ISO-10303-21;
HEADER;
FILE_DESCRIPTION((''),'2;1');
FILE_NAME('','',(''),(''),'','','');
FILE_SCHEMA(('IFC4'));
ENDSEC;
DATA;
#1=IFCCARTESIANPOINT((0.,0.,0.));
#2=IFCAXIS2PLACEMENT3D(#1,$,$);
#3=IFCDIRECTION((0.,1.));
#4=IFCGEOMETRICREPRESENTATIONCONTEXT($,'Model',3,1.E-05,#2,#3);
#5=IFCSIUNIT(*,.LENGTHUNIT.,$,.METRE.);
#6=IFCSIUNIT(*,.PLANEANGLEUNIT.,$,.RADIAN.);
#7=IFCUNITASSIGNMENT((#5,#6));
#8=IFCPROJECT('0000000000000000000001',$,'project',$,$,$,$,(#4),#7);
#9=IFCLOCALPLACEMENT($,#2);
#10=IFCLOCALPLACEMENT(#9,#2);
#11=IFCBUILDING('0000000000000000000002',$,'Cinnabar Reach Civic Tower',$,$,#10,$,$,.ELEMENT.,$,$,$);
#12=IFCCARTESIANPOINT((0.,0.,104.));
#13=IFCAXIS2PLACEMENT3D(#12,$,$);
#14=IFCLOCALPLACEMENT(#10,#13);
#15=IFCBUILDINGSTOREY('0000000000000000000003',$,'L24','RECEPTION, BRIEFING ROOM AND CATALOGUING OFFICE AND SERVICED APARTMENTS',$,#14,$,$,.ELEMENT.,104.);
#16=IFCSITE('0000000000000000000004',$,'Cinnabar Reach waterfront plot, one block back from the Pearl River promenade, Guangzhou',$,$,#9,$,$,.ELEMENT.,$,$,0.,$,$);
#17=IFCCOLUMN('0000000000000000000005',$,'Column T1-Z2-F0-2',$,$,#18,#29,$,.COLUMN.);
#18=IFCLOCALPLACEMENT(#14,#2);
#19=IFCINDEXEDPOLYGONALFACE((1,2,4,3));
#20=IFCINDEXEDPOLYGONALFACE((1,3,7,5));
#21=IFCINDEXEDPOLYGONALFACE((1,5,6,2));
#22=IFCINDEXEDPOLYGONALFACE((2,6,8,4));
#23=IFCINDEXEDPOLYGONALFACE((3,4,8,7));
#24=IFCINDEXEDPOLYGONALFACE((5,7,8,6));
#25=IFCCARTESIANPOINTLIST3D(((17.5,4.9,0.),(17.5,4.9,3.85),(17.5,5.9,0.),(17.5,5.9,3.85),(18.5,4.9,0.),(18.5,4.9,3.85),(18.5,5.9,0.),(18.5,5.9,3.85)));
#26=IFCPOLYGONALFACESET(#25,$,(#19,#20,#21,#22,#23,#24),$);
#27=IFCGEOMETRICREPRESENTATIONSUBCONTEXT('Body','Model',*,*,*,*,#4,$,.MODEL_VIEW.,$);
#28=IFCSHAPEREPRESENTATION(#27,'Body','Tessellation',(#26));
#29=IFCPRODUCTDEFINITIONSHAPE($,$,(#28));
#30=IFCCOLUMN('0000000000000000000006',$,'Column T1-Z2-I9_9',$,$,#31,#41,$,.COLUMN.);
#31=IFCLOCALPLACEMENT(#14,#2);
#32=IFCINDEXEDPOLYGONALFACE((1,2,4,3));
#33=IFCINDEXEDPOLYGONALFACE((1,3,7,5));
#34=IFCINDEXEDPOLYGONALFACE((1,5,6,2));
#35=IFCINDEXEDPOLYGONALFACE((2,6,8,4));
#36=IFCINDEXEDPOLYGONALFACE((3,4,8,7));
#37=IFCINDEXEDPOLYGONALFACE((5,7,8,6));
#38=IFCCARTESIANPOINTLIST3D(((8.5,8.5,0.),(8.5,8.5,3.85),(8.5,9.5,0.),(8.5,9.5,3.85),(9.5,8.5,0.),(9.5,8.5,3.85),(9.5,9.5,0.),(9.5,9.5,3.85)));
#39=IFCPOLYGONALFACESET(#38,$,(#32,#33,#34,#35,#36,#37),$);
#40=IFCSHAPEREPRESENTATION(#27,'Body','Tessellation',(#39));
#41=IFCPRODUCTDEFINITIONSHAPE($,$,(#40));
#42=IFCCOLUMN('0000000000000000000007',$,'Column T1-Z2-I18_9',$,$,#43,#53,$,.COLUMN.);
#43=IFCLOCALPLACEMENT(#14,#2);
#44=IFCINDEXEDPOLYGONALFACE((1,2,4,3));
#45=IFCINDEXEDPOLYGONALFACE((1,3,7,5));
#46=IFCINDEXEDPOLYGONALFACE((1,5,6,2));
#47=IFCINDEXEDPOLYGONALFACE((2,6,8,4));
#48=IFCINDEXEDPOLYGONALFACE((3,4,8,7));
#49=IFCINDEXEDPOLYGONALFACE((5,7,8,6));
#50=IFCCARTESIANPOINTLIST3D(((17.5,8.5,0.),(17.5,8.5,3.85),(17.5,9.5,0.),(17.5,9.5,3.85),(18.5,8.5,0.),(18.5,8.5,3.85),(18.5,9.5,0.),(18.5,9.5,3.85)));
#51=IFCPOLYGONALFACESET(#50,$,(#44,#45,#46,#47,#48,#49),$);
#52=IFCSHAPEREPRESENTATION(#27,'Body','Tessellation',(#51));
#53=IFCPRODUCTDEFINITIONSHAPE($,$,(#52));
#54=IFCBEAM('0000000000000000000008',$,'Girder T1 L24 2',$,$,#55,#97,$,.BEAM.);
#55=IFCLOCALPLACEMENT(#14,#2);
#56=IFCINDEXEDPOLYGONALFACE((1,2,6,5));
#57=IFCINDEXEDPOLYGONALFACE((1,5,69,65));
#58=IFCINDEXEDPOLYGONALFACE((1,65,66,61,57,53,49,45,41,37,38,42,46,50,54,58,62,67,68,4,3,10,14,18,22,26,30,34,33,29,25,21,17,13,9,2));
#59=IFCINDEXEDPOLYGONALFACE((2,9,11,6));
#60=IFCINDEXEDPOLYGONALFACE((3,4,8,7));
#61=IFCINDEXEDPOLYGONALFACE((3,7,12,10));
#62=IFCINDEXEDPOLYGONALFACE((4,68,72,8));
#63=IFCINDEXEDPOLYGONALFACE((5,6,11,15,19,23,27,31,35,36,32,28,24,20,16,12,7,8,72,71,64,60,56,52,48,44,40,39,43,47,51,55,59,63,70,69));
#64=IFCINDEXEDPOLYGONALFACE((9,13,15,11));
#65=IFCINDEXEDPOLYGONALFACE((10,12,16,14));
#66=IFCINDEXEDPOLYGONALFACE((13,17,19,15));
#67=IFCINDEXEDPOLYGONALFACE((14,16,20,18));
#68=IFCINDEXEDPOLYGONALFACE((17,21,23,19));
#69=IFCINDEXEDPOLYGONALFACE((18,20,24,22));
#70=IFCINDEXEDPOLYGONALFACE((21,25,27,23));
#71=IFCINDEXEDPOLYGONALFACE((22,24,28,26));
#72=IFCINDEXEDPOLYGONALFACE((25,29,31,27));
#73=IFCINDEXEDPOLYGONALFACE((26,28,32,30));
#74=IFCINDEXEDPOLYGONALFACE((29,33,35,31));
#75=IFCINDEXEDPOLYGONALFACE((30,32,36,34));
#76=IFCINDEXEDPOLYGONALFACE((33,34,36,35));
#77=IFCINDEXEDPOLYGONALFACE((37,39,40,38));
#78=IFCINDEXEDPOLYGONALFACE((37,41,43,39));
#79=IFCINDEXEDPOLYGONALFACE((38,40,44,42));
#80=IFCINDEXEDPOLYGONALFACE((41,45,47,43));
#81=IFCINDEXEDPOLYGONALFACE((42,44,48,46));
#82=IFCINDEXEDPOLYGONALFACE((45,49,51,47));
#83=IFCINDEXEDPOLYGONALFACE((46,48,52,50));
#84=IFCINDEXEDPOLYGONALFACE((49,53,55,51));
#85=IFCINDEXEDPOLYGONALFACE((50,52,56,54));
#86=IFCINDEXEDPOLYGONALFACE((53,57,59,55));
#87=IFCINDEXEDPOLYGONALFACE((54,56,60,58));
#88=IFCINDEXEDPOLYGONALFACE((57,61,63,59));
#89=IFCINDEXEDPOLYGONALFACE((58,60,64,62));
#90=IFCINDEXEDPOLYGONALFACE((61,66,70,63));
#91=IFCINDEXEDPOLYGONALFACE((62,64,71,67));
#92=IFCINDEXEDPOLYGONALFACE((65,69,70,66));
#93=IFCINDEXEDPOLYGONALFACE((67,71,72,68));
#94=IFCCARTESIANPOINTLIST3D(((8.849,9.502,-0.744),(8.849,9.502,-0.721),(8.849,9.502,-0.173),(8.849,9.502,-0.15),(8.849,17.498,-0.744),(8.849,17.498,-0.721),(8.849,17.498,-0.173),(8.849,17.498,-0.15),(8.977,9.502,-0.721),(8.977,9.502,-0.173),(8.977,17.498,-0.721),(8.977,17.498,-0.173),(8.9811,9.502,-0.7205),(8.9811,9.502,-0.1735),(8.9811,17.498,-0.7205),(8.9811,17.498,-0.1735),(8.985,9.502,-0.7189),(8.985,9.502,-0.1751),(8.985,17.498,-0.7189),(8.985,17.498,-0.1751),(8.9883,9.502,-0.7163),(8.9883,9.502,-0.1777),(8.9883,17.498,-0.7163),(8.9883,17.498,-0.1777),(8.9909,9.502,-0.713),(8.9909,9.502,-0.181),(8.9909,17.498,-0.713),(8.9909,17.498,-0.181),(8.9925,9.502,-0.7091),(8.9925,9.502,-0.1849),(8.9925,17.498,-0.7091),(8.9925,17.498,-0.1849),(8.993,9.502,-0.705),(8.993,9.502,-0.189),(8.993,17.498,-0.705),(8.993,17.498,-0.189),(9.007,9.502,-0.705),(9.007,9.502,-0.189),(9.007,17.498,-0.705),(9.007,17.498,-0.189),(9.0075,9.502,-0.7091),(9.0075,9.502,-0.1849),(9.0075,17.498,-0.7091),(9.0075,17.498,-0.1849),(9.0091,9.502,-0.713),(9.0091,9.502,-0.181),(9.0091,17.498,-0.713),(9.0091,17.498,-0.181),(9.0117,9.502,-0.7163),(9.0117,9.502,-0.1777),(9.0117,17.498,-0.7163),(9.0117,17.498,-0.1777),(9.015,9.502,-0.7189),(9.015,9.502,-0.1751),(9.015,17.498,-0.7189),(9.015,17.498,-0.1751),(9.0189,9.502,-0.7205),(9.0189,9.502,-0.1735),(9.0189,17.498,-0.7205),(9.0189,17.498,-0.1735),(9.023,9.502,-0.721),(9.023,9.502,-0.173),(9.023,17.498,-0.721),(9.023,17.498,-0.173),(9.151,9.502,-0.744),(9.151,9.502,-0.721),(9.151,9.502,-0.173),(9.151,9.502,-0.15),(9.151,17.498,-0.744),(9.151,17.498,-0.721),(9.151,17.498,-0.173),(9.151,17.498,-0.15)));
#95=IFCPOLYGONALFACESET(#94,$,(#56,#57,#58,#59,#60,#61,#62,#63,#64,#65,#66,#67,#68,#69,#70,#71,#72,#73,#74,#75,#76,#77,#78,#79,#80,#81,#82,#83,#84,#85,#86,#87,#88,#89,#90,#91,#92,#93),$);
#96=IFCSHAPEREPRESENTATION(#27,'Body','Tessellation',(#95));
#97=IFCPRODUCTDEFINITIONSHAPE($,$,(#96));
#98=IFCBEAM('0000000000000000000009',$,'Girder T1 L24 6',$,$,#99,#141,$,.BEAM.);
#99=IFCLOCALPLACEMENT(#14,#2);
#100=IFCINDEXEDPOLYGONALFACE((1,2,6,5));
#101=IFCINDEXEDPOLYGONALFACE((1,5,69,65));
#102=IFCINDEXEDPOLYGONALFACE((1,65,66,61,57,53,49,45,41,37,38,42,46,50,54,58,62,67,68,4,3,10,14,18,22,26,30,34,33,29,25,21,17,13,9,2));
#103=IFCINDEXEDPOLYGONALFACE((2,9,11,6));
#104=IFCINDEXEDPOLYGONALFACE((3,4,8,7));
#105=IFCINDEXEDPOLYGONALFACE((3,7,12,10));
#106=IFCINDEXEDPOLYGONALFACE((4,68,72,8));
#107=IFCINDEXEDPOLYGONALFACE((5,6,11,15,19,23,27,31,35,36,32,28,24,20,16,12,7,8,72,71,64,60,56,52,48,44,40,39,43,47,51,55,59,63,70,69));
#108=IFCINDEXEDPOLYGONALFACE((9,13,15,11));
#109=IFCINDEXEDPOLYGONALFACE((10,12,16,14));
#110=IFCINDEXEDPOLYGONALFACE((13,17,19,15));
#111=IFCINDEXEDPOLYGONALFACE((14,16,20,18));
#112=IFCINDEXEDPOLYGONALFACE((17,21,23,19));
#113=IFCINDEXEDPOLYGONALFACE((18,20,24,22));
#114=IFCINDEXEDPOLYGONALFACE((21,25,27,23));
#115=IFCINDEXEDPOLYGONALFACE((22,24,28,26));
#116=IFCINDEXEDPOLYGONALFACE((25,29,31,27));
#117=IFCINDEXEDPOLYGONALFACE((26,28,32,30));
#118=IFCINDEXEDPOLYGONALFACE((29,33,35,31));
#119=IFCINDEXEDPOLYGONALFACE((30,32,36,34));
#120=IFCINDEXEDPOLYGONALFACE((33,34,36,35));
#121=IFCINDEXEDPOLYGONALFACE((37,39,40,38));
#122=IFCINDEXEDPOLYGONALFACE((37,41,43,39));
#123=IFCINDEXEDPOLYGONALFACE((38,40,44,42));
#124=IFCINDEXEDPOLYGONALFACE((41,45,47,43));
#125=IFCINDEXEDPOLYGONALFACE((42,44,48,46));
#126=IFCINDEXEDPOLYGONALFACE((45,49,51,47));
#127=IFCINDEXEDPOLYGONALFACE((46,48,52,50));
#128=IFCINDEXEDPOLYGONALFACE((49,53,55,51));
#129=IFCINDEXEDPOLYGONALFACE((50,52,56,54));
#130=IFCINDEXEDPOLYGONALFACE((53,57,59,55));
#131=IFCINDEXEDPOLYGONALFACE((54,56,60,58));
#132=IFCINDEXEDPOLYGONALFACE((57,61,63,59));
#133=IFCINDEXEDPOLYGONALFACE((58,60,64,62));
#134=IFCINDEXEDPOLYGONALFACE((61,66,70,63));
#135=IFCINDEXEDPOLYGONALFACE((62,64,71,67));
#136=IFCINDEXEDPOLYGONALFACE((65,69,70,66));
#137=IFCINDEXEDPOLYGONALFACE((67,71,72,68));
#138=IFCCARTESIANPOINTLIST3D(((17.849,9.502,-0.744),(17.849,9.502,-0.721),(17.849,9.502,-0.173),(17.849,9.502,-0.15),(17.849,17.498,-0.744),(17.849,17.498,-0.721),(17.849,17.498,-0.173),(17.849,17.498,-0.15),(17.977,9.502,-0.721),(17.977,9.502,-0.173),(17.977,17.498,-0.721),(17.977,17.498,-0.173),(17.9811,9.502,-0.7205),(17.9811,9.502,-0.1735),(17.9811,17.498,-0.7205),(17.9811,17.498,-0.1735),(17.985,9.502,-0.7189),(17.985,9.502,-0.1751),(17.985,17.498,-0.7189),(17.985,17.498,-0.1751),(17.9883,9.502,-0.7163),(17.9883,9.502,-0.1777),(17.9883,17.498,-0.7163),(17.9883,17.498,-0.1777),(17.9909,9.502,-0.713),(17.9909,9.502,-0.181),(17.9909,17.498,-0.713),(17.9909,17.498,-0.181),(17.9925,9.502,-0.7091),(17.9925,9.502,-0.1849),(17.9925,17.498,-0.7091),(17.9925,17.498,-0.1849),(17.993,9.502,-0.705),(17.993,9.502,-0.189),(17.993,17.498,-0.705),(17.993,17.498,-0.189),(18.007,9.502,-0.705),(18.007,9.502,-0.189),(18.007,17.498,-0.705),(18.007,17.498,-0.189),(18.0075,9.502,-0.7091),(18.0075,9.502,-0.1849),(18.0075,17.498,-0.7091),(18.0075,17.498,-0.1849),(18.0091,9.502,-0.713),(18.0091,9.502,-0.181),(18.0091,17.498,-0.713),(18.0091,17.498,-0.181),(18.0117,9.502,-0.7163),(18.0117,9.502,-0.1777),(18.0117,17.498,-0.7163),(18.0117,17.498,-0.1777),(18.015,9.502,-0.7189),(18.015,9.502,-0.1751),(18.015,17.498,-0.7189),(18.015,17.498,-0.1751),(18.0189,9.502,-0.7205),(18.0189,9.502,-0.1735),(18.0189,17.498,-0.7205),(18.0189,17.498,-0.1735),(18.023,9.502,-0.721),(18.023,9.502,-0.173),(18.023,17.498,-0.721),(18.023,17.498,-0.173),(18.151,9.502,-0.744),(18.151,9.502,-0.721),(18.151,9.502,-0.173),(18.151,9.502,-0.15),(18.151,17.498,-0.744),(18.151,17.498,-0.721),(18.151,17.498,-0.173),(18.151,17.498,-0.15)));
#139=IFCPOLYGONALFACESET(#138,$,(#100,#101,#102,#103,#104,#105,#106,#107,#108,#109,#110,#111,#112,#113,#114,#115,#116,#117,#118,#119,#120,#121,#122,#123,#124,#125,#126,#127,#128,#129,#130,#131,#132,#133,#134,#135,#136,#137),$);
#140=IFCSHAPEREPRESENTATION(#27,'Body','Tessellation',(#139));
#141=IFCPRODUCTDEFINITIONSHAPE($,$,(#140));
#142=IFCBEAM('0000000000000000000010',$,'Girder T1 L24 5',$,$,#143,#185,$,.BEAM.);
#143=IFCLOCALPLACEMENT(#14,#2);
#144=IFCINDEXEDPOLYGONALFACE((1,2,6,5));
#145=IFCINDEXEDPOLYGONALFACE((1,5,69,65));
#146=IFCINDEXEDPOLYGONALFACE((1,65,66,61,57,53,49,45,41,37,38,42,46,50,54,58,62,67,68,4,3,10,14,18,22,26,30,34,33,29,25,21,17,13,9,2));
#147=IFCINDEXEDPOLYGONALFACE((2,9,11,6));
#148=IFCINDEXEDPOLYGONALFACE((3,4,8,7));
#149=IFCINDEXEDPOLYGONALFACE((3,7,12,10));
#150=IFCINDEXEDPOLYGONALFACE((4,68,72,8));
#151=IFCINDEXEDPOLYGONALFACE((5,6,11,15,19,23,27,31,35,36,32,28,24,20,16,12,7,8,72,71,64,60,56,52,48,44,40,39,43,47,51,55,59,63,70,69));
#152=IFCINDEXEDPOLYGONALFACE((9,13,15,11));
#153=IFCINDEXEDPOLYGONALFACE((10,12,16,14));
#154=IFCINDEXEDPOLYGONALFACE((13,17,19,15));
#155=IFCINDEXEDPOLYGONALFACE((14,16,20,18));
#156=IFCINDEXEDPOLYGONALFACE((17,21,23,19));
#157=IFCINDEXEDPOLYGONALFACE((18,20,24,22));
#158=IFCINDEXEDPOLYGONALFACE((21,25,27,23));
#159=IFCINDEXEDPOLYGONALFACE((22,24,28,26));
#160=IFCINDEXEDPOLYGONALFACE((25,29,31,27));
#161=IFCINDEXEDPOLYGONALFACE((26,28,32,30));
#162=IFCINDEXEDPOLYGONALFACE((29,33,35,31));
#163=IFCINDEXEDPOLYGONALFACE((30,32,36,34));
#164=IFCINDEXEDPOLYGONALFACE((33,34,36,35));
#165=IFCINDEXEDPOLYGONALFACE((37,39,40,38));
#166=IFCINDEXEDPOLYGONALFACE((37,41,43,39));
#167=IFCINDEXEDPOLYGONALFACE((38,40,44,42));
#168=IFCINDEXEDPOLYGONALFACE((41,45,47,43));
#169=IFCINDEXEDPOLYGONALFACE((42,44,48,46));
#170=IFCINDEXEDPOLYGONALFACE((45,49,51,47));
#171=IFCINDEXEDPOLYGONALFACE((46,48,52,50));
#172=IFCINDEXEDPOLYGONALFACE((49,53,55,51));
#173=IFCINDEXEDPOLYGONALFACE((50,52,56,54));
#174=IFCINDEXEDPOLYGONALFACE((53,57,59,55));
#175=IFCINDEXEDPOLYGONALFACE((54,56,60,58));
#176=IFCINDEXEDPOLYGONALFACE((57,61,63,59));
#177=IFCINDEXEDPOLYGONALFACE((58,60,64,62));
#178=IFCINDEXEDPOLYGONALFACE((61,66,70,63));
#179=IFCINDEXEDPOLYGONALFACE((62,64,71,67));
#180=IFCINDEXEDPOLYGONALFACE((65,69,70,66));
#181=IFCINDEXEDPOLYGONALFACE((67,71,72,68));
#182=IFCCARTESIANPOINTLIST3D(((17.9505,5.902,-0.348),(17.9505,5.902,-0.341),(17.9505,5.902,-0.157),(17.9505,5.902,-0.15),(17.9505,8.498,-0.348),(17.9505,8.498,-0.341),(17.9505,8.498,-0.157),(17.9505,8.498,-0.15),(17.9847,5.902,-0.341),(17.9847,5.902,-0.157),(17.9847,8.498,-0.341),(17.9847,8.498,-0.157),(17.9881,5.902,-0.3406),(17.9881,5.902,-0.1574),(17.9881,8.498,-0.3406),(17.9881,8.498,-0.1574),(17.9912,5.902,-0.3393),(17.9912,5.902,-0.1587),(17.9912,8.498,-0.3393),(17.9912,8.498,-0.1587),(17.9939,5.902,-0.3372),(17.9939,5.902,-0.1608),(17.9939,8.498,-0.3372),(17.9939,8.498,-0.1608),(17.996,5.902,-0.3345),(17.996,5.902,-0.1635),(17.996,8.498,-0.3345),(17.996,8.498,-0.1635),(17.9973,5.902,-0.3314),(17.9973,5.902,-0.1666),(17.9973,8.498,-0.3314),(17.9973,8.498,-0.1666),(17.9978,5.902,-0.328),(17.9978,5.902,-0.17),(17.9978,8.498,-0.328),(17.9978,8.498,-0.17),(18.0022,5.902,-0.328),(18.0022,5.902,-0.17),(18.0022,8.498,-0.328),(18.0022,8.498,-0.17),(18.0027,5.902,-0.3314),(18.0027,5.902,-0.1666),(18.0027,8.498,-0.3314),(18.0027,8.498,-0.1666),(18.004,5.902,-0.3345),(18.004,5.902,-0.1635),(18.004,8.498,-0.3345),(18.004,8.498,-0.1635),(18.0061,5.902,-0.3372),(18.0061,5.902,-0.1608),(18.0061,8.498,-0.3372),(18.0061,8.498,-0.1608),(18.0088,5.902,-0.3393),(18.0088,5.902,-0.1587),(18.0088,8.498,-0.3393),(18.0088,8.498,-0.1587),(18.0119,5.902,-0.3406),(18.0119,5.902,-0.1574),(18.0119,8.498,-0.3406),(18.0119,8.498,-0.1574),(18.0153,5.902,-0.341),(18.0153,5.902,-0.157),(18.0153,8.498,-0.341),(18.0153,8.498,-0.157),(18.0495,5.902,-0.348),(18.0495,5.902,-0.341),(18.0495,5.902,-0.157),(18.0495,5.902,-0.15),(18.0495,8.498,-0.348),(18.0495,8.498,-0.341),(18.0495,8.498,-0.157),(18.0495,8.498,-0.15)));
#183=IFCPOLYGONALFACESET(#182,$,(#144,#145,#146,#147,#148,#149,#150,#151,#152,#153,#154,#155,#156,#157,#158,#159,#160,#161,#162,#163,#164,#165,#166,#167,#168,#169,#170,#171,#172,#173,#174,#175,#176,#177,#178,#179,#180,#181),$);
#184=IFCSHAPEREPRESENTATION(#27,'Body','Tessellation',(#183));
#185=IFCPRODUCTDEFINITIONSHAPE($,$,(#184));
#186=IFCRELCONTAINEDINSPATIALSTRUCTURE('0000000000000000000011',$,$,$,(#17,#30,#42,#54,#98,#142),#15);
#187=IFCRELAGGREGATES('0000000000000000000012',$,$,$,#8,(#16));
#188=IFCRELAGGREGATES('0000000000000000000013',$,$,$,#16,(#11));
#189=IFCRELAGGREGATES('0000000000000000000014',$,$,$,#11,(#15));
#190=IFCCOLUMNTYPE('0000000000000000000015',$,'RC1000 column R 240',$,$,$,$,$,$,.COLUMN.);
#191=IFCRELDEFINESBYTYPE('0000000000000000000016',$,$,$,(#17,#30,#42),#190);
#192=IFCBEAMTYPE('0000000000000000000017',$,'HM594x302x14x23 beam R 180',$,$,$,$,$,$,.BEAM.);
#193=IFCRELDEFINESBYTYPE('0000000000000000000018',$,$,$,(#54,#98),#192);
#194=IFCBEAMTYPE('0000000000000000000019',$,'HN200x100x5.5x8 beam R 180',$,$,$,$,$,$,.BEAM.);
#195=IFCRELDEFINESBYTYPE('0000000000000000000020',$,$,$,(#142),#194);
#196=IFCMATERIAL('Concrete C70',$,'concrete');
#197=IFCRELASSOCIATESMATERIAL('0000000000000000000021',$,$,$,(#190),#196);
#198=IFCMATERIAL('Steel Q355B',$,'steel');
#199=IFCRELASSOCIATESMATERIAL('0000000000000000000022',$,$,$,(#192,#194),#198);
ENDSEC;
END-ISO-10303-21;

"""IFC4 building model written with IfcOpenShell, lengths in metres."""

from ifc_helpers import new_model, si_unit, direction, frame, origin, origin_2d, place, context, subcontext, project, spatial, rectangle, i_section, extrude, material, material_profile, profile_set, type_object, element, save


model = new_model("IFC4")

# Units and contexts
model_context = context("Model", 3, precision=1e-05, world=origin(), true_north=direction((0.0, 1.0)))
body_context = subcontext(model_context, "Body", "Model", "MODEL_VIEW")
ifc_project = project(units=[si_unit("LENGTHUNIT", "METRE"), si_unit("PLANEANGLEUNIT", "RADIAN")], contexts=[model_context])

# Site, building, storey
site_placement = place(None, origin())
site = spatial("IfcSite", under=ifc_project, at=site_placement, Name="Cinnabar Reach waterfront plot, one block back from the Pearl River promenade, Guangzhou", CompositionType="ELEMENT", RefElevation=0.0)
building_placement = place(site_placement, origin())
building = spatial("IfcBuilding", under=site, at=building_placement, Name="Cinnabar Reach Civic Tower", CompositionType="ELEMENT")
storey_placement = place(building_placement, frame((0.0, 0.0, 104.0)))
storey = spatial("IfcBuildingStorey", under=building, at=storey_placement, Name="L24", Description="RECEPTION, BRIEFING ROOM AND CATALOGUING OFFICE AND SERVICED APARTMENTS", CompositionType="ELEMENT", Elevation=104.0)

# Columns
ifc_material_1 = material(Name="Concrete C70", Category="concrete")
ifc_material_profile_1 = material_profile(ifc_material_1, rectangle(XDim=1.0, YDim=1.0, at=origin_2d()), Name="RC1000")
ifc_profile_set_1 = profile_set([ifc_material_profile_1], Name="Concrete C70")
column_type = type_object("IfcColumnType", Name="RC1000 column R 240", PredefinedType="COLUMN", material=ifc_profile_set_1)
for number, where, z_axis, x_axis, name in (
    (1, (18.0, 5.4, 0.0), (0.0, 0.0, 1.0), (1.0, 0.0, 0.0), "Column T1-Z2-F0-2"),
    (2, (9.0, 9.0, 0.0), (0.0, 0.0, 1.0), (1.0, 0.0, 0.0), "Column T1-Z2-I9_9"),
    (3, (18.0, 9.0, 0.0), (0.0, 0.0, 1.0), (1.0, 0.0, 0.0), "Column T1-Z2-I18_9"),
):
    element("IfcColumn", number, at=place(storey_placement, frame(where, z_axis=z_axis, x_axis=x_axis)), inside=storey, type_object=column_type, Name=name, PredefinedType="COLUMN", context=body_context, shape_type="SweptSolid", body=[
        extrude(rectangle(XDim=1.0, YDim=1.0, at=origin_2d()), origin(), (0.0, 0.0, 1.0), 3.85),
    ])

# Beams
ifc_material_2 = material(Name="Steel Q355B", Category="steel")
ifc_material_profile_2 = material_profile(ifc_material_2, i_section(OverallWidth=0.302, OverallDepth=0.594, WebThickness=0.014, FlangeThickness=0.023, FilletRadius=0.016, at=origin_2d()), Name="HM594x302x14x23")
ifc_profile_set_2 = profile_set([ifc_material_profile_2], Name="Steel Q355B")
beam_type_1 = type_object("IfcBeamType", Name="HM594x302x14x23 beam R 180", PredefinedType="BEAM", material=ifc_profile_set_2)
for number, where, z_axis, x_axis, name in (
    (4, (9.0, 9.502, -0.447), (0.0, 1.0, 0.0), (-1.0, 0.0, 0.0), "Girder T1 L24 2"),
    (5, (18.0, 9.502, -0.447), (0.0, 1.0, 0.0), (-1.0, 0.0, 0.0), "Girder T1 L24 6"),
):
    element("IfcBeam", number, at=place(storey_placement, frame(where, z_axis=z_axis, x_axis=x_axis)), inside=storey, type_object=beam_type_1, Name=name, PredefinedType="BEAM", context=body_context, shape_type="SweptSolid", body=[
        extrude(i_section(OverallWidth=0.302, OverallDepth=0.594, WebThickness=0.014, FlangeThickness=0.023, FilletRadius=0.016, at=origin_2d()), origin(), (0.0, 0.0, 1.0), 7.996),
    ])
ifc_material_profile_3 = material_profile(ifc_material_2, i_section(OverallWidth=0.099, OverallDepth=0.198, WebThickness=0.0045, FlangeThickness=0.007, FilletRadius=0.013, at=origin_2d()), Name="HN200x100x5.5x8")
ifc_profile_set_3 = profile_set([ifc_material_profile_3], Name="Steel Q355B")
beam_type_2 = type_object("IfcBeamType", Name="HN200x100x5.5x8 beam R 180", PredefinedType="BEAM", material=ifc_profile_set_3)
beam_placement = place(storey_placement, frame((18.0, 5.902, -0.249), z_axis=(0.0, 1.0, 0.0), x_axis=(-1.0, 0.0, 0.0)))
element("IfcBeam", 6, at=beam_placement, inside=storey, type_object=beam_type_2, Name="Girder T1 L24 5", PredefinedType="BEAM", context=body_context, shape_type="SweptSolid", body=[
    extrude(i_section(OverallWidth=0.099, OverallDepth=0.198, WebThickness=0.0045, FlangeThickness=0.007, FilletRadius=0.013, at=origin_2d()), origin(), (0.0, 0.0, 1.0), 2.596),
])

save(model, "model.ifc")
